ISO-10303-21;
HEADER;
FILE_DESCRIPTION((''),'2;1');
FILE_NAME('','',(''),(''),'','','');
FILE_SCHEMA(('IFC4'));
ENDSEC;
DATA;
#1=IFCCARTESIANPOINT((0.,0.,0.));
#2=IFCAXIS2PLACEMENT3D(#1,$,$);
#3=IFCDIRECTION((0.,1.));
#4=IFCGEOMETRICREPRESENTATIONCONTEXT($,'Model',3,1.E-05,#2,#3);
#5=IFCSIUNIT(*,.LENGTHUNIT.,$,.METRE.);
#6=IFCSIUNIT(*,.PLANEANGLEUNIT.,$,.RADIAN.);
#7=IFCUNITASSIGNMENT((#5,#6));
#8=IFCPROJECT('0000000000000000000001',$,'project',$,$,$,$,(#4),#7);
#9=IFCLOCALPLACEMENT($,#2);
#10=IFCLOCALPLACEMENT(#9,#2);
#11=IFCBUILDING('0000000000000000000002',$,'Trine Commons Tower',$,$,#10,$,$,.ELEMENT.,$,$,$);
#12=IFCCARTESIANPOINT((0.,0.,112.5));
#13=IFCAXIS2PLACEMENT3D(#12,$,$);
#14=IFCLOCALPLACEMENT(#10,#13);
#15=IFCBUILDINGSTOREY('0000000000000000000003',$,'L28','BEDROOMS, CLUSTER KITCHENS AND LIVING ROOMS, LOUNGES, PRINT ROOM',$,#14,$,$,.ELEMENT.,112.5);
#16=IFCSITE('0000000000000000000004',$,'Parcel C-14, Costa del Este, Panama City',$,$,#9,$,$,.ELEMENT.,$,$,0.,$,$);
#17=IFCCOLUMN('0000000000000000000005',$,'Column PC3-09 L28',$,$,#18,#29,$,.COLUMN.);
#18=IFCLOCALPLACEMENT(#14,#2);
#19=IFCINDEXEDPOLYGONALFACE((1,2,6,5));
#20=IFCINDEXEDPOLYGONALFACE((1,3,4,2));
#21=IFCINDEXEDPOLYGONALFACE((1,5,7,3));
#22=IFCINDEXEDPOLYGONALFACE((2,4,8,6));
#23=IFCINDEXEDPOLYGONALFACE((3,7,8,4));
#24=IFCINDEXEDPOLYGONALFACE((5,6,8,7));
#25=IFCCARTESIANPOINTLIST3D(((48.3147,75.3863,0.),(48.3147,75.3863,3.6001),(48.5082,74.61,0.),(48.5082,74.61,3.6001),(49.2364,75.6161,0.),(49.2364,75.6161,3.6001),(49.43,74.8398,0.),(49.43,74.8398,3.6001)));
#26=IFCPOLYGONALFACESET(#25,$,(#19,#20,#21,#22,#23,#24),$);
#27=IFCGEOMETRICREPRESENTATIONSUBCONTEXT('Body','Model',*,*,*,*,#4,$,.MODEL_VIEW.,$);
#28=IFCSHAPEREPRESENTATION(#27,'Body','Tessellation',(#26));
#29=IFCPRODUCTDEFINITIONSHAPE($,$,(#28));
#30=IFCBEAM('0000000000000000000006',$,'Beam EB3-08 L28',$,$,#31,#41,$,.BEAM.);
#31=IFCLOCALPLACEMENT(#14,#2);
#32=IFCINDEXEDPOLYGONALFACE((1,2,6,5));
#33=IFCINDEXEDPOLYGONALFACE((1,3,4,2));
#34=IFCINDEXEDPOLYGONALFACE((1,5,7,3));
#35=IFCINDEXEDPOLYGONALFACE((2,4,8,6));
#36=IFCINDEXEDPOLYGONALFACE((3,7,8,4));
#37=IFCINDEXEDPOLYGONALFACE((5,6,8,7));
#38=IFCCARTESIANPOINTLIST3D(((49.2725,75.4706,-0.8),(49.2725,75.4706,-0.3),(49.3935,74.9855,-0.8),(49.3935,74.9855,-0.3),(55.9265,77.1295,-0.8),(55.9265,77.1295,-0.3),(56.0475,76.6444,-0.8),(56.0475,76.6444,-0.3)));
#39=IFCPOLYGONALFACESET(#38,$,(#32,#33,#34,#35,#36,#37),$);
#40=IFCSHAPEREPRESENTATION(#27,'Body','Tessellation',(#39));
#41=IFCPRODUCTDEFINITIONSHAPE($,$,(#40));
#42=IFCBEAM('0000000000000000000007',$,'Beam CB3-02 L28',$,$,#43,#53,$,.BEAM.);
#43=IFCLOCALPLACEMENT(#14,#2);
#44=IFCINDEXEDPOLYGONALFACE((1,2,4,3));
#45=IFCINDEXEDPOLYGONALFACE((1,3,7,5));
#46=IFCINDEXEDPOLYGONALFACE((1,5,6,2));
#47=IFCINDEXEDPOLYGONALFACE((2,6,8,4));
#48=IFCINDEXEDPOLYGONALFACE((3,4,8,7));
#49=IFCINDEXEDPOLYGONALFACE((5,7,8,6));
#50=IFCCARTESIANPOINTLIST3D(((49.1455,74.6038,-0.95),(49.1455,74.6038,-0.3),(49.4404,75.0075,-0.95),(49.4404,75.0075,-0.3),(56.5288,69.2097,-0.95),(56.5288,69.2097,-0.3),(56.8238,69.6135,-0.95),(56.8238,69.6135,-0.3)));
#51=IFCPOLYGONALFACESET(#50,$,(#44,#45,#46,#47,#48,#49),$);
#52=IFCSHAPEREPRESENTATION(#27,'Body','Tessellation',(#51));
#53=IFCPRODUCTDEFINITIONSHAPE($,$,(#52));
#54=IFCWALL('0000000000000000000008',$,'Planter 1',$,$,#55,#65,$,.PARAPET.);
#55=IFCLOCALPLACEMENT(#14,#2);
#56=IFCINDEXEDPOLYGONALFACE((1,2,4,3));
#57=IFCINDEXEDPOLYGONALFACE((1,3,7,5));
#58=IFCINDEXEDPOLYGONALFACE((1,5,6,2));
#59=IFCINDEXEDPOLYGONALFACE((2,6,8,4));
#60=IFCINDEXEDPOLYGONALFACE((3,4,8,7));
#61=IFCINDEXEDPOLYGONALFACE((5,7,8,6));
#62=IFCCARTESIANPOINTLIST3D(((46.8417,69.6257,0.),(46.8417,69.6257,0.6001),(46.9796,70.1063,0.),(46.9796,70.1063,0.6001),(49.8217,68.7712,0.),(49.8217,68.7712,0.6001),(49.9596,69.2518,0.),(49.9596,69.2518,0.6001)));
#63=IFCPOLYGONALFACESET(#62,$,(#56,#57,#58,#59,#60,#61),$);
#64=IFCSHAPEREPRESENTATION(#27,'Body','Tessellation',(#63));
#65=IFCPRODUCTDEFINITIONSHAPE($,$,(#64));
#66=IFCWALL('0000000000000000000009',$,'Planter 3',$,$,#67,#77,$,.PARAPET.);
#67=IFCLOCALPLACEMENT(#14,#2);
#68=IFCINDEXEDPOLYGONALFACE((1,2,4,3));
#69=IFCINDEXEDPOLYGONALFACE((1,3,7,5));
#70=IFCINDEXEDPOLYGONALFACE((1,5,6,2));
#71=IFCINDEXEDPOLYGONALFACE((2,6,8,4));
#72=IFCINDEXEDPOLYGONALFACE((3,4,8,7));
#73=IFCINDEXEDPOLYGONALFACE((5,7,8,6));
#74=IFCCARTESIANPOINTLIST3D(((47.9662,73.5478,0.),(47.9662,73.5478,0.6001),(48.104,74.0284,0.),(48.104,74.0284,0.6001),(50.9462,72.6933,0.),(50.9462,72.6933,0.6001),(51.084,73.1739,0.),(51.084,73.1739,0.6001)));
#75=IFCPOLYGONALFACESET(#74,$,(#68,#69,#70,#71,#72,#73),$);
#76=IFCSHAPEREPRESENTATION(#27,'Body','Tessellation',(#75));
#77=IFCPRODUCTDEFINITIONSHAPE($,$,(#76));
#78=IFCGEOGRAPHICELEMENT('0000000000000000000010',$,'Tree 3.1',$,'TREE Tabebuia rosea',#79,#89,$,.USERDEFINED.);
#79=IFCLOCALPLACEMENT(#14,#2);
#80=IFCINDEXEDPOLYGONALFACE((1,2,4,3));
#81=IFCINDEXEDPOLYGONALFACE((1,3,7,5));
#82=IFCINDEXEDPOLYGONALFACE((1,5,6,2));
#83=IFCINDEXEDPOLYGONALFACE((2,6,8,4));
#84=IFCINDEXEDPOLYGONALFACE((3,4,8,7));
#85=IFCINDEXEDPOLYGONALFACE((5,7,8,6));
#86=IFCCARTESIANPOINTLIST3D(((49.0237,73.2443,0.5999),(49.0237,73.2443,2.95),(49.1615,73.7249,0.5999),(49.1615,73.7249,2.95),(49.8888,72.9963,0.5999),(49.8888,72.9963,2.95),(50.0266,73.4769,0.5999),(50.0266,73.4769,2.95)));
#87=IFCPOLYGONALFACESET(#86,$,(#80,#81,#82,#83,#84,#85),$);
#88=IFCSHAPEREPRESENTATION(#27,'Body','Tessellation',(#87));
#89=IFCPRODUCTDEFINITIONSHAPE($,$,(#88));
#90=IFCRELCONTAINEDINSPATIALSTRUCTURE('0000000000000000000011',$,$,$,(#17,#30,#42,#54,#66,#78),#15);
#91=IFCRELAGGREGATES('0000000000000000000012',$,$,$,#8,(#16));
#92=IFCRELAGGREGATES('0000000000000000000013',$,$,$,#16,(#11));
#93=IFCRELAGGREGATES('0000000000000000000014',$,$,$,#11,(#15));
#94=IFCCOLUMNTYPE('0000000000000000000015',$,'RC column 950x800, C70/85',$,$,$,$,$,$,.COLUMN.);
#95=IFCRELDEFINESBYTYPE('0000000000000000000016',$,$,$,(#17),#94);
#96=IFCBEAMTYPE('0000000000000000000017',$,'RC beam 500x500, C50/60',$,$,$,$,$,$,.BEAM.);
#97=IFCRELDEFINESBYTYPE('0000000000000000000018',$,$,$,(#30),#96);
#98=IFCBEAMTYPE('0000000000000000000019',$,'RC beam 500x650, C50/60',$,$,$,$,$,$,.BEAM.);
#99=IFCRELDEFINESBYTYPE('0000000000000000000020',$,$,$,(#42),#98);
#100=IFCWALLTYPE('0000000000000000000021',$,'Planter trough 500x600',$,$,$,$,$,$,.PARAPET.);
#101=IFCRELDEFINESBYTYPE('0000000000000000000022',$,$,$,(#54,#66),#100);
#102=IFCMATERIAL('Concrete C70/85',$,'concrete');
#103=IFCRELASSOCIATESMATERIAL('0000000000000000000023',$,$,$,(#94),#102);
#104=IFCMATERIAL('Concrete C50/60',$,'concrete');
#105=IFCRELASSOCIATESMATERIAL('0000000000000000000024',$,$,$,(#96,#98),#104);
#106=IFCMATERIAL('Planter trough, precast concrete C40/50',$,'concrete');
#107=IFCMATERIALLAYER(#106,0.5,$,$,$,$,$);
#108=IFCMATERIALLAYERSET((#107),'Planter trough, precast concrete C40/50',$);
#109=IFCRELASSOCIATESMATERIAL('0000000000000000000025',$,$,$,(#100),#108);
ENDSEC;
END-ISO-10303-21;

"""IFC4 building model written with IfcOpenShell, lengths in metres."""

from ifc_helpers import new_model, si_unit, direction, frame, frame_2d, origin, origin_2d, place, context, subcontext, project, spatial, rectangle, extrude, material, layer, layer_set, material_profile, profile_set, type_object, element, save


model = new_model("IFC4")

# Units and contexts
model_context = context("Model", 3, precision=1e-05, world=origin(), true_north=direction((0.0, 1.0)))
body_context = subcontext(model_context, "Body", "Model", "MODEL_VIEW")
ifc_project = project(units=[si_unit("LENGTHUNIT", "METRE"), si_unit("PLANEANGLEUNIT", "RADIAN")], contexts=[model_context])

# Site, building, storey
site_placement = place(None, origin())
site = spatial("IfcSite", under=ifc_project, at=site_placement, Name="Parcel C-14, Costa del Este, Panama City", CompositionType="ELEMENT", RefElevation=0.0)
building_placement = place(site_placement, origin())
building = spatial("IfcBuilding", under=site, at=building_placement, Name="Trine Commons Tower", CompositionType="ELEMENT")
storey_placement = place(building_placement, frame((0.0, 0.0, 112.5)))
storey = spatial("IfcBuildingStorey", under=building, at=storey_placement, Name="L28", Description="BEDROOMS, CLUSTER KITCHENS AND LIVING ROOMS, LOUNGES, PRINT ROOM", CompositionType="ELEMENT", Elevation=112.5)

# Column
ifc_material_1 = material(Name="Concrete C70/85", Category="concrete")
ifc_material_profile_1 = material_profile(ifc_material_1, rectangle(XDim=0.95, YDim=0.8, at=origin_2d()), Name="RC 950x800")
ifc_profile_set_1 = profile_set([ifc_material_profile_1], Name="Concrete C70/85")
column_type = type_object("IfcColumnType", Name="RC column 950x800, C70/85", PredefinedType="COLUMN", material=ifc_profile_set_1)
column_placement = place(storey_placement, frame((48.8723, 75.113, 0.0), z_axis=(0.0, 0.0, 1.0), x_axis=(0.970296, 0.241922, 0.0)))
element("IfcColumn", 1, at=column_placement, inside=storey, type_object=column_type, Name="Column PC3-09 L28", PredefinedType="COLUMN", context=body_context, shape_type="SweptSolid", body=[
    extrude(rectangle(XDim=0.95, YDim=0.8, at=origin_2d()), origin(), (0.0, 0.0, 1.0), 3.6001),
])

# Beams
ifc_material_2 = material(Name="Concrete C50/60", Category="concrete")
ifc_material_profile_2 = material_profile(ifc_material_2, rectangle(XDim=0.5, YDim=0.5, at=origin_2d()), Name="RC 500x500")
ifc_profile_set_2 = profile_set([ifc_material_profile_2], Name="Concrete C50/60")
beam_type_1 = type_object("IfcBeamType", Name="RC beam 500x500, C50/60", PredefinedType="BEAM", material=ifc_profile_set_2)
beam_1_placement = place(storey_placement, frame((49.333, 75.228, -0.55), z_axis=(0.970299, 0.241907, 0.0), x_axis=(-0.241907, 0.970299, 0.0)))
element("IfcBeam", 2, at=beam_1_placement, inside=storey, type_object=beam_type_1, Name="Beam EB3-08 L28", PredefinedType="BEAM", context=body_context, shape_type="SweptSolid", body=[
    extrude(rectangle(XDim=0.5, YDim=0.5, at=origin_2d()), origin(), (0.0, 0.0, 1.0), 6.8577),
])
ifc_material_profile_3 = material_profile(ifc_material_2, rectangle(XDim=0.5, YDim=0.6499, at=origin_2d()), Name="RC 500x650")
ifc_profile_set_3 = profile_set([ifc_material_profile_3], Name="Concrete C50/60")
beam_type_2 = type_object("IfcBeamType", Name="RC beam 500x650, C50/60", PredefinedType="BEAM", material=ifc_profile_set_3)
beam_2_placement = place(storey_placement, frame((49.293, 74.8057, -0.625), z_axis=(0.807466, -0.589913, 0.0), x_axis=(0.589913, 0.807466, 0.0)))
element("IfcBeam", 3, at=beam_2_placement, inside=storey, type_object=beam_type_2, Name="Beam CB3-02 L28", PredefinedType="BEAM", context=body_context, shape_type="SweptSolid", body=[
    extrude(rectangle(XDim=0.5, YDim=0.6499, at=origin_2d()), origin(), (0.0, 0.0, 1.0), 9.1438),
])

# Walls
ifc_material_3 = material(Name="Planter trough, precast concrete C40/50", Category="concrete")
ifc_layer = layer(ifc_material_3, 0.5)
ifc_layer_set = layer_set([ifc_layer], Name="Planter trough, precast concrete C40/50")
wall_type = type_object("IfcWallType", Name="Planter trough 500x600", PredefinedType="PARAPET", material=ifc_layer_set)
for number, where, z_axis, x_axis, name in (
    (4, (46.9106, 69.866, 0.0), (0.0, 0.0, 1.0), (0.961262, -0.275636, 0.0), "Planter 1"),
    (5, (51.0151, 72.9336, 0.0), (0.0, 0.0, 1.0), (-0.961262, 0.275636, 0.0), "Planter 3"),
):
    element("IfcWall", number, at=place(storey_placement, frame(where, z_axis=z_axis, x_axis=x_axis)), inside=storey, type_object=wall_type, Name=name, PredefinedType="PARAPET", context=body_context, shape_type="SweptSolid", body=[
        extrude(rectangle(XDim=3.1001, YDim=0.5, at=frame_2d((1.55, 0.0))), origin(), (0.0, 0.0, 1.0), 0.6001),
    ])

# Geographic element
geographic_element_placement = place(storey_placement, frame((49.5251, 73.3606, 0.5999), z_axis=(0.0, 0.0, 1.0), x_axis=(-0.961263, 0.275634, 0.0)))
element("IfcGeographicElement", 6, at=geographic_element_placement, inside=storey, Name="Tree 3.1", ObjectType="TREE Tabebuia rosea", PredefinedType="USERDEFINED", context=body_context, shape_type="SweptSolid", body=[
    extrude(rectangle(XDim=0.8999, YDim=0.5, at=origin_2d()), origin(), (0.0, 0.0, 1.0), 2.3501),
])

save(model, "model.ifc")
